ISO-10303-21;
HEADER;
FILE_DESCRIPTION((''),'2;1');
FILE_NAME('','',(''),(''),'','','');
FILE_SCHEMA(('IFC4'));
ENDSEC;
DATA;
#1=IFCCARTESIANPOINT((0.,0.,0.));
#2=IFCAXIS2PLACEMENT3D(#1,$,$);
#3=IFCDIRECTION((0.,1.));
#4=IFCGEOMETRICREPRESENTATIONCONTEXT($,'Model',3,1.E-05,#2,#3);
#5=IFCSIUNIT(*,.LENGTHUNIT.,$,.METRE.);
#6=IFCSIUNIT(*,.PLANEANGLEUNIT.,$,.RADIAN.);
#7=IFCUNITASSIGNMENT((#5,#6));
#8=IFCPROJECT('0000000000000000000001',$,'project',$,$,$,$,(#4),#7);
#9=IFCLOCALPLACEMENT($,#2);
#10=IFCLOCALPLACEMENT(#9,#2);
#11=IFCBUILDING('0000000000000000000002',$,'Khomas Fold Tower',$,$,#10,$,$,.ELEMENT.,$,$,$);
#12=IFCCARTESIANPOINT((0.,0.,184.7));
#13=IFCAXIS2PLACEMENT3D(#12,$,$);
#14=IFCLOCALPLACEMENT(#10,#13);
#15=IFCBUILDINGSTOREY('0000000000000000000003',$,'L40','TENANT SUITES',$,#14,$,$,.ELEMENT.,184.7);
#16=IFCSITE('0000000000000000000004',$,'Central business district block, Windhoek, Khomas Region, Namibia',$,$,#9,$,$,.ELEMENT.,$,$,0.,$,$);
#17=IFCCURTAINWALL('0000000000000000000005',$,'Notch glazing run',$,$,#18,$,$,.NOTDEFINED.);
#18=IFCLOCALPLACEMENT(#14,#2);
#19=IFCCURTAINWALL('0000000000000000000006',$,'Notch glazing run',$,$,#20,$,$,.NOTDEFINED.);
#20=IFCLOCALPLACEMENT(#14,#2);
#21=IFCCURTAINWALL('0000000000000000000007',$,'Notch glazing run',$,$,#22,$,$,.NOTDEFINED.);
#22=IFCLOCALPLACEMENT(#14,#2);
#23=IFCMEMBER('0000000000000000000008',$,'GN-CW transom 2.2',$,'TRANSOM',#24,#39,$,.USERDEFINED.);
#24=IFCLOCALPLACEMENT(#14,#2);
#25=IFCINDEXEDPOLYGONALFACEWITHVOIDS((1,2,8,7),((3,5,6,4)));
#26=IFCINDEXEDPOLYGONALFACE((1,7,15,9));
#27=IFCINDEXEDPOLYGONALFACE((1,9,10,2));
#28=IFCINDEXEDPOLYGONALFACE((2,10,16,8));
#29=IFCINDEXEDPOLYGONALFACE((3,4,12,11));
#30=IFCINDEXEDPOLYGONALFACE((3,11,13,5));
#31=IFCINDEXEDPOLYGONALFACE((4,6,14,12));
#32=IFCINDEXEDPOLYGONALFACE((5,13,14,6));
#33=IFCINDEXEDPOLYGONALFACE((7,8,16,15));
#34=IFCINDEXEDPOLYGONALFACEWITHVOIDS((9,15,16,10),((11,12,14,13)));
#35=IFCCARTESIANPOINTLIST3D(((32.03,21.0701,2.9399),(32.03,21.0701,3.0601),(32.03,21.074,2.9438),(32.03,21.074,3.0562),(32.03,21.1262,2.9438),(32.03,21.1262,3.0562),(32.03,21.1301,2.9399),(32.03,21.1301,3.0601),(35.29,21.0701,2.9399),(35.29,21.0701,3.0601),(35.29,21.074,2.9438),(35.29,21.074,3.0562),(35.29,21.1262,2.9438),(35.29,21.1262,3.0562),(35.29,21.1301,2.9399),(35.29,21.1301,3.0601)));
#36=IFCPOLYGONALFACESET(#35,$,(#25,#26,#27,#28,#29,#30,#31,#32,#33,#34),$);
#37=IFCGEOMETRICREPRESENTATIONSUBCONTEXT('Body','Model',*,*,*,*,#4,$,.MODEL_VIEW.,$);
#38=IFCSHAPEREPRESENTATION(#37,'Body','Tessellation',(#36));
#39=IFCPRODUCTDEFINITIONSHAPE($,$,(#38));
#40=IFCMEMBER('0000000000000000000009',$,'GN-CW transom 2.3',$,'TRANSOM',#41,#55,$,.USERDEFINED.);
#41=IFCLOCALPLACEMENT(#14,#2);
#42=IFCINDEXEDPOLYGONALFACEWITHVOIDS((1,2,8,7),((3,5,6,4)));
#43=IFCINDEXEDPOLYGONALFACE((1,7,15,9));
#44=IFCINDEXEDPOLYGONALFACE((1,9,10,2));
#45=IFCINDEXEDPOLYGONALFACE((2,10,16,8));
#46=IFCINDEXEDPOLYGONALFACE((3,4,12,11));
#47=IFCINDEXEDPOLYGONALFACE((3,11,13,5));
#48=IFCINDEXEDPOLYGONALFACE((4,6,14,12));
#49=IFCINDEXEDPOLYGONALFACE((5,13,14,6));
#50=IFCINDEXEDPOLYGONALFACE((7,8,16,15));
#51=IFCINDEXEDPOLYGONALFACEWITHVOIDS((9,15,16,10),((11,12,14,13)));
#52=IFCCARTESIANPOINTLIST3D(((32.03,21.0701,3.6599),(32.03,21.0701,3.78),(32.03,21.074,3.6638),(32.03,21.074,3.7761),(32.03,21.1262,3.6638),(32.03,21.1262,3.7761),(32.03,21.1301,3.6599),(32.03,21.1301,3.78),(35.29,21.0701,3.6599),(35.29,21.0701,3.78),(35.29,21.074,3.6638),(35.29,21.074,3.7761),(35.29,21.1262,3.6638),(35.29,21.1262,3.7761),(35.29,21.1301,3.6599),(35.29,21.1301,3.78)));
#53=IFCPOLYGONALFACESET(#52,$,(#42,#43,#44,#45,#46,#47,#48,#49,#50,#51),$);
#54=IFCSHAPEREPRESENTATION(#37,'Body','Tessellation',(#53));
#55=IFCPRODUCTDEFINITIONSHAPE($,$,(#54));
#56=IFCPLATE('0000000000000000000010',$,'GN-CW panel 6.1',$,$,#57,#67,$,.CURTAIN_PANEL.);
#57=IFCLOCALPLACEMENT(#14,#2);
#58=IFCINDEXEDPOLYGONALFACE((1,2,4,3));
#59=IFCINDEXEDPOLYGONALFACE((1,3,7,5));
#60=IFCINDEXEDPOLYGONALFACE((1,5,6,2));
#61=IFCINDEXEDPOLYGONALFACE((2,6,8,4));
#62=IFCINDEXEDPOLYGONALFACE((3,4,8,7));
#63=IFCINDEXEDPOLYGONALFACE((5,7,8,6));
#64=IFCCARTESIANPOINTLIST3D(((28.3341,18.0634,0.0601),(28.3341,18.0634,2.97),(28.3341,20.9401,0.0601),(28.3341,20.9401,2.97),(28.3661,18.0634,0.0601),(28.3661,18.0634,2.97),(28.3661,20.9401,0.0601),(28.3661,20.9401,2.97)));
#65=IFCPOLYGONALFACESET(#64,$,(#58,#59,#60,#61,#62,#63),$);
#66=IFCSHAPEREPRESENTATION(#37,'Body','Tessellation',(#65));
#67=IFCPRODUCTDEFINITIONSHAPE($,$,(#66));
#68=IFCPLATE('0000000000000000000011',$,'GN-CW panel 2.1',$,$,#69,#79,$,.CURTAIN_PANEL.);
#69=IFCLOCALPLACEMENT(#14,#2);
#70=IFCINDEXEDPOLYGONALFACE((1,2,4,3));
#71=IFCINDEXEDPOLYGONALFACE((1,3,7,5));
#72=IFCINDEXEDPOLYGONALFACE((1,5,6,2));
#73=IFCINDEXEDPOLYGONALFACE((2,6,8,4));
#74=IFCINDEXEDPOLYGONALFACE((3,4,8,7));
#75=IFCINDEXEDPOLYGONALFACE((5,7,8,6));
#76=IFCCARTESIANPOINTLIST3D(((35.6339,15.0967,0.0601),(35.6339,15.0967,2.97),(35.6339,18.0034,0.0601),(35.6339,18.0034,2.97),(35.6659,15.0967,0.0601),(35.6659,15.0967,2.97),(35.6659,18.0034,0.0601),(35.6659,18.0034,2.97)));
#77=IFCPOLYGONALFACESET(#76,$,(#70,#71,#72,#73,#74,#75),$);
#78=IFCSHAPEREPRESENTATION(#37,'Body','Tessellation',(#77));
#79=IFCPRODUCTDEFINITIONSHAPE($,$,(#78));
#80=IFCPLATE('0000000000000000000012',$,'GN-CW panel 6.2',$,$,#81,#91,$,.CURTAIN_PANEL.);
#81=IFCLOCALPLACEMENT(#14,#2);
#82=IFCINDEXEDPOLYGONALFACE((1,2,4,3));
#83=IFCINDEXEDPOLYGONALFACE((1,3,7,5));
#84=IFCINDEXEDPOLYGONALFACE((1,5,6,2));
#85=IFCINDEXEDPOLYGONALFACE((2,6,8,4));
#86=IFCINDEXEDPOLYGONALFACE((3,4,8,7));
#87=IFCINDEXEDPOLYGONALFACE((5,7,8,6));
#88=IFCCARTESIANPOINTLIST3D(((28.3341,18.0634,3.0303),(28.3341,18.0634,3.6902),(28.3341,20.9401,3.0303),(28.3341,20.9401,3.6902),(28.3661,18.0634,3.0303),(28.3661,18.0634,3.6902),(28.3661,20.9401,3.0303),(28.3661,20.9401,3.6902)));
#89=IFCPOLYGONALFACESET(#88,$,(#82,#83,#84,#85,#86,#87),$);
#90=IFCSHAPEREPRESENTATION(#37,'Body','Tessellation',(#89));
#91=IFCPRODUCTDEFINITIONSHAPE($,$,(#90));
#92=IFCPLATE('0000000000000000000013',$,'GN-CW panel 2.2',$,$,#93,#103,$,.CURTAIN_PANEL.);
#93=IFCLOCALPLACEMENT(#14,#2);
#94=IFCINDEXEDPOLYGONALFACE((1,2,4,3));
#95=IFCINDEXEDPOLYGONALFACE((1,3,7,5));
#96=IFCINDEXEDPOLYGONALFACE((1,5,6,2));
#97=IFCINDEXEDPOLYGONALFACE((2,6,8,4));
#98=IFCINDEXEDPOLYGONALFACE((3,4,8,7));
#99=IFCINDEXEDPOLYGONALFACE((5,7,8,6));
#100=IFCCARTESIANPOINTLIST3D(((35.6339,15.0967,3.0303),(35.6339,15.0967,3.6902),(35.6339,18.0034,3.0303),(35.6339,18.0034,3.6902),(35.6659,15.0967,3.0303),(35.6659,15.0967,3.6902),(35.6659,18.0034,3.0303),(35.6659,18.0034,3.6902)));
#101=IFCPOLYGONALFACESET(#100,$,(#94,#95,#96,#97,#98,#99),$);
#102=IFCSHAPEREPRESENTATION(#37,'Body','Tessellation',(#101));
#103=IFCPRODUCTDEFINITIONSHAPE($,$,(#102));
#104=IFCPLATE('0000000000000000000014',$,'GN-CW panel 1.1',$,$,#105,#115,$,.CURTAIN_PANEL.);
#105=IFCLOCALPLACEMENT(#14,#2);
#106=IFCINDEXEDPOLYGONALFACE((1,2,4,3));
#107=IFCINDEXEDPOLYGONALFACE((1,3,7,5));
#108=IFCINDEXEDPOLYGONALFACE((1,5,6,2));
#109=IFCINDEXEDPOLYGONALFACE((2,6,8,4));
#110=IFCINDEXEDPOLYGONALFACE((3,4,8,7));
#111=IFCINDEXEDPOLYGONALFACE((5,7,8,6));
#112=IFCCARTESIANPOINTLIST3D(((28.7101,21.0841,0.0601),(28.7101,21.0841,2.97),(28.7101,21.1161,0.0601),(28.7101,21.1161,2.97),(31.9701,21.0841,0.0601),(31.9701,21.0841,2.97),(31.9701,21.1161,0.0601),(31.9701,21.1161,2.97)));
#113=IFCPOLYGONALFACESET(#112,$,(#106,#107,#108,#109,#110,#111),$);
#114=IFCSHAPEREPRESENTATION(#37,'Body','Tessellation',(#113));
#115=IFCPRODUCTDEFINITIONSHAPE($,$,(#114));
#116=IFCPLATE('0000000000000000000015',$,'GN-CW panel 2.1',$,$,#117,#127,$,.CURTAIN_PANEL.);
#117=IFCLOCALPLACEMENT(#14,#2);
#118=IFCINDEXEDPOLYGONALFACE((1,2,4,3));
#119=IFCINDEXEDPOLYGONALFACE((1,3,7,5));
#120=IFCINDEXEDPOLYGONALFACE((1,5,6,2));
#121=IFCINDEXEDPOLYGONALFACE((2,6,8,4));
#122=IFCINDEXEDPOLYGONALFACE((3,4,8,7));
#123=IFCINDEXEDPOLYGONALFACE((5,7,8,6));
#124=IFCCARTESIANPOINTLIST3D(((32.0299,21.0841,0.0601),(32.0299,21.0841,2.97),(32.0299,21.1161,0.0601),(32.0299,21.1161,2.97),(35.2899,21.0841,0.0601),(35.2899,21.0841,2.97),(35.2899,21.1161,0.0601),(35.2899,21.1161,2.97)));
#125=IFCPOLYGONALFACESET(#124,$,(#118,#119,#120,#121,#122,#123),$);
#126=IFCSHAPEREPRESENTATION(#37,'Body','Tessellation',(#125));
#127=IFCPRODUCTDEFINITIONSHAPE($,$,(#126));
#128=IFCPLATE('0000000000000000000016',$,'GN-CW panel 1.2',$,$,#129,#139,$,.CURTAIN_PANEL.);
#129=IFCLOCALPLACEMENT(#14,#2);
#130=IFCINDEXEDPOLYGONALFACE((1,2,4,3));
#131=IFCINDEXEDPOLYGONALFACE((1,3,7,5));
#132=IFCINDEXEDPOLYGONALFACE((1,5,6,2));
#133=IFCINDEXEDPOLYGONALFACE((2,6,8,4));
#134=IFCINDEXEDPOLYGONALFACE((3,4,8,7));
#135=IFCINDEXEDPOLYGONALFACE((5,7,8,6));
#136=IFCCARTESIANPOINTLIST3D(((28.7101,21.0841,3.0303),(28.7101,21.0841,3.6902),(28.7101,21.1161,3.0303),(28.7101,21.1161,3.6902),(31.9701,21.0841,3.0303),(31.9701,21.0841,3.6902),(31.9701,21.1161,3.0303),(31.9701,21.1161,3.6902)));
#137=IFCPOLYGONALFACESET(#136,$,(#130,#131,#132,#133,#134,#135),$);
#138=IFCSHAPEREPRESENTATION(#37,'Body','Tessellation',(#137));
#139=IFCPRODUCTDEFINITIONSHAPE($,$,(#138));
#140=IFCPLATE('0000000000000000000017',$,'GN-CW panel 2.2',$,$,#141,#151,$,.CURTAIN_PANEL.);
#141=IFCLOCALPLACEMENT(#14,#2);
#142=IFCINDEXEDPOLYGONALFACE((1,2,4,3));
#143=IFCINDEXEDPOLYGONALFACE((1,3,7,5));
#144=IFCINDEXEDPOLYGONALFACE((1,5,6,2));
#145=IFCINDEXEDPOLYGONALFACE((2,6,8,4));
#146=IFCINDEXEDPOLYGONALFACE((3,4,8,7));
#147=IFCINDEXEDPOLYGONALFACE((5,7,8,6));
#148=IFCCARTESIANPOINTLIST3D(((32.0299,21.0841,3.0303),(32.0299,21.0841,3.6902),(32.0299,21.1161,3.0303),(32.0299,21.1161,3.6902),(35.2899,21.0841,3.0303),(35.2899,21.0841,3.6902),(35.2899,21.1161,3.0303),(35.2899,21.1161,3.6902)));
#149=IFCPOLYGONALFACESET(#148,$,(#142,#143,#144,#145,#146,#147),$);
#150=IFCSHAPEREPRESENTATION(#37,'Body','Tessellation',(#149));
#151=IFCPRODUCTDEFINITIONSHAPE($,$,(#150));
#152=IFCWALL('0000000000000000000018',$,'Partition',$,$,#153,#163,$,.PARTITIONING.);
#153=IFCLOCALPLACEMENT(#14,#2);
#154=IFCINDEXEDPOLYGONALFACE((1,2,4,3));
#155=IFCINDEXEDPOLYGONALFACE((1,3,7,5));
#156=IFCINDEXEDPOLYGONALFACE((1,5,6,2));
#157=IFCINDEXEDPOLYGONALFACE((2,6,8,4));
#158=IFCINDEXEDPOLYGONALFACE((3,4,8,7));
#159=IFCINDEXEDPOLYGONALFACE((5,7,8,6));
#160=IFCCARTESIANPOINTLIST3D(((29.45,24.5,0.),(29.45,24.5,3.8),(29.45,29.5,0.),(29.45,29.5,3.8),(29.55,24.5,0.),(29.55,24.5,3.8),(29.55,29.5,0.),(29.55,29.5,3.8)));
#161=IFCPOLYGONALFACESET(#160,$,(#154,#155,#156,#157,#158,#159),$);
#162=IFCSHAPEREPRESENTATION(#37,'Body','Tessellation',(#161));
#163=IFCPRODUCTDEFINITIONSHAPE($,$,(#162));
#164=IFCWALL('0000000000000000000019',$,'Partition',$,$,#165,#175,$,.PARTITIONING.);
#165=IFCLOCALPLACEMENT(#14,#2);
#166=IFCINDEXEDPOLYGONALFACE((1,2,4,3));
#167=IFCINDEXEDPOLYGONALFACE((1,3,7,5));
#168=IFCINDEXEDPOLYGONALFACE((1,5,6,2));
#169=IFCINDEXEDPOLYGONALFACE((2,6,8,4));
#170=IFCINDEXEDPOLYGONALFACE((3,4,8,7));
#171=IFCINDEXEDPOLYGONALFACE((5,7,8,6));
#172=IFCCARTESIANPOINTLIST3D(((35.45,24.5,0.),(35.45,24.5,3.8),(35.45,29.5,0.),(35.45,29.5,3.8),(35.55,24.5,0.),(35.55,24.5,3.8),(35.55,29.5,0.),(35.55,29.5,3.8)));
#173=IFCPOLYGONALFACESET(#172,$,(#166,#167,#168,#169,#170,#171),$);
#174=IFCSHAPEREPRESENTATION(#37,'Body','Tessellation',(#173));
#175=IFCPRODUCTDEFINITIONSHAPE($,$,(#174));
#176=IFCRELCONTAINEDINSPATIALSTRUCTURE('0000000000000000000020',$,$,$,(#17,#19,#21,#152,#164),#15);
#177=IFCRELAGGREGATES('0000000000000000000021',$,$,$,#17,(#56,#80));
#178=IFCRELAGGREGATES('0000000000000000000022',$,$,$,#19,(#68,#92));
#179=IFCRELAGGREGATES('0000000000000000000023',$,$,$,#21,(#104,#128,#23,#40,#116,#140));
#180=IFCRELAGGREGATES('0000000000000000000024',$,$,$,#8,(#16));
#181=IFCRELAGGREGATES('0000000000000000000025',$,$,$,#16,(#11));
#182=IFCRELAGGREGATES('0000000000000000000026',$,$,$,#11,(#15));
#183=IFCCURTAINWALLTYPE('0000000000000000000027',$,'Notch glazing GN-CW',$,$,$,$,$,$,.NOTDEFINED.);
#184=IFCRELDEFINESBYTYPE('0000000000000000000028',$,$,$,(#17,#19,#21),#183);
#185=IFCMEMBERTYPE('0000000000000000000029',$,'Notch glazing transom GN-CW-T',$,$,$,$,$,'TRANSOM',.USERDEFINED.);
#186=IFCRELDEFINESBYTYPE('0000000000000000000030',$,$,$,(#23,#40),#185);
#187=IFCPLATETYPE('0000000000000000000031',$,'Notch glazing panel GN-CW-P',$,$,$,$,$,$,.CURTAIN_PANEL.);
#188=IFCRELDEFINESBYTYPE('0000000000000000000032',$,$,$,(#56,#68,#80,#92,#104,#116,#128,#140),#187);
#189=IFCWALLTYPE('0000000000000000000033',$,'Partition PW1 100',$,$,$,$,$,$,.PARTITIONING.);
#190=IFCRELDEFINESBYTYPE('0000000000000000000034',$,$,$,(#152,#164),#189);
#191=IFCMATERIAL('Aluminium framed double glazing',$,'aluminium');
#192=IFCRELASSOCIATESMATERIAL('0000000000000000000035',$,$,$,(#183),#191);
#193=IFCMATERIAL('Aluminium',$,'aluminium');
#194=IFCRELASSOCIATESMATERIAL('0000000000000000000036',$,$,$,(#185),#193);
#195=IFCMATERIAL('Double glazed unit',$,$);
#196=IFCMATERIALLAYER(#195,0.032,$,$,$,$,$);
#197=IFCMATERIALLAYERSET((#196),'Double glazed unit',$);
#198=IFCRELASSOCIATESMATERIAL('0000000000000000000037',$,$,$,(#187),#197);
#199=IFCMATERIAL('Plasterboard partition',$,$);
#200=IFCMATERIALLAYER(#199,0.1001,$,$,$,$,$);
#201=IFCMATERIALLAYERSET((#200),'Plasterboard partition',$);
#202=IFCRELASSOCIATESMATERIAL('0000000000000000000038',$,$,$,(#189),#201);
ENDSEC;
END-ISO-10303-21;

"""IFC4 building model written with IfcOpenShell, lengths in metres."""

from ifc_helpers import new_model, si_unit, direction, frame, frame_2d, origin, origin_2d, place, context, subcontext, project, spatial, rectangle, hollow_rectangle, extrude, source, transform, mapped, material, layer, layer_set, material_profile, profile_set, type_object, element, aggregate, save


model = new_model("IFC4")

# Units and contexts
model_context = context("Model", 3, precision=1e-05, world=origin(), true_north=direction((0.0, 1.0)))
body_context = subcontext(model_context, "Body", "Model", "MODEL_VIEW")
ifc_project = project(units=[si_unit("LENGTHUNIT", "METRE"), si_unit("PLANEANGLEUNIT", "RADIAN")], contexts=[model_context])

# Site, building, storey
site_placement = place(None, origin())
site = spatial("IfcSite", under=ifc_project, at=site_placement, Name="Central business district block, Windhoek, Khomas Region, Namibia", CompositionType="ELEMENT", RefElevation=0.0)
building_placement = place(site_placement, origin())
building = spatial("IfcBuilding", under=site, at=building_placement, Name="Khomas Fold Tower", CompositionType="ELEMENT")
storey_placement = place(building_placement, frame((0.0, 0.0, 184.7)))
storey = spatial("IfcBuildingStorey", under=building, at=storey_placement, Name="L40", Description="TENANT SUITES", CompositionType="ELEMENT", Elevation=184.7)

# Curtain walls
ifc_material_1 = material(Name="Aluminium framed double glazing", Category="aluminium")
curtain_wall_type = type_object("IfcCurtainWallType", Name="Notch glazing GN-CW", PredefinedType="NOTDEFINED", material=ifc_material_1)
curtain_wall_1_placement = place(storey_placement, origin())
curtain_wall_1 = element("IfcCurtainWall", 1, at=curtain_wall_1_placement, inside=storey, type_object=curtain_wall_type, Name="Notch glazing run", PredefinedType="NOTDEFINED")
ifc_material_2 = material(Name="Aluminium", Category="aluminium")
ifc_material_profile_1 = material_profile(ifc_material_2, hollow_rectangle(XDim=0.0601, YDim=0.1201, WallThickness=0.0039, at=origin_2d()), Name="Notch glazing transom GN-CW-T")
ifc_profile_set_1 = profile_set([ifc_material_profile_1], Name="Aluminium")
member_type_1 = type_object("IfcMemberType", Name="Notch glazing transom GN-CW-T", ElementType="TRANSOM", PredefinedType="USERDEFINED", material=ifc_profile_set_1)
curtain_wall_2_placement = place(storey_placement, origin())
curtain_wall_2 = element("IfcCurtainWall", 2, at=curtain_wall_2_placement, inside=storey, type_object=curtain_wall_type, Name="Notch glazing run", PredefinedType="NOTDEFINED")
curtain_wall_3_placement = place(storey_placement, origin())
curtain_wall_3 = element("IfcCurtainWall", 3, at=curtain_wall_3_placement, inside=storey, type_object=curtain_wall_type, Name="Notch glazing run", PredefinedType="NOTDEFINED")

# Members
shared_shape_1 = source(origin(), body_context, "Body", "SweptSolid", [
    extrude(hollow_rectangle(XDim=0.0601, YDim=0.1201, WallThickness=0.0039, at=origin_2d()), origin(), (0.0, 0.0, 1.0), 3.26),
])
member_1_placement = place(storey_placement, frame((32.03, 21.1001, 3.0), z_axis=(1.0, 0.0, 0.0), x_axis=(0.0, 1.0, 0.0)))
member_1 = element("IfcMember", 4, at=member_1_placement, type_object=member_type_1, Name="GN-CW transom 2.2", ObjectType="TRANSOM", PredefinedType="USERDEFINED", context=body_context, shape_type="MappedRepresentation", body=[
    mapped(shared_shape_1, transform((0.0, 0.0, 0.0))),
])
member_2_placement = place(storey_placement, frame((32.03, 21.1001, 3.72), z_axis=(1.0, 0.0, 0.0), x_axis=(0.0, 1.0, 0.0)))
member_2 = element("IfcMember", 5, at=member_2_placement, type_object=member_type_1, Name="GN-CW transom 2.3", ObjectType="TRANSOM", PredefinedType="USERDEFINED", context=body_context, shape_type="MappedRepresentation", body=[
    mapped(shared_shape_1, transform((0.0, 0.0, 0.0))),
])

# Plates
ifc_material_3 = material(Name="Double glazed unit")
ifc_layer_1 = layer(ifc_material_3, 0.032)
ifc_layer_set_1 = layer_set([ifc_layer_1], Name="Double glazed unit")
plate_type = type_object("IfcPlateType", Name="Notch glazing panel GN-CW-P", PredefinedType="CURTAIN_PANEL", material=ifc_layer_set_1)
shared_shape_2 = source(origin(), body_context, "Body", "SweptSolid", [
    extrude(rectangle(XDim=2.8767, YDim=0.032, at=origin_2d()), origin(), (0.0, 0.0, 1.0), 2.9099),
])
plate_1_placement = place(storey_placement, frame((28.3501, 19.5017, 0.0601), z_axis=(0.0, 0.0, 1.0), x_axis=(0.0, 1.0, 0.0)))
plate_1 = element("IfcPlate", 6, at=plate_1_placement, type_object=plate_type, Name="GN-CW panel 6.1", PredefinedType="CURTAIN_PANEL", context=body_context, shape_type="MappedRepresentation", body=[
    mapped(shared_shape_2, transform((0.0, 0.0, 0.0))),
])
shared_shape_3 = source(origin(), body_context, "Body", "SweptSolid", [
    extrude(rectangle(XDim=2.9067, YDim=0.032, at=origin_2d()), origin(), (0.0, 0.0, 1.0), 2.9099),
])
plate_2_placement = place(storey_placement, frame((35.6499, 16.55, 0.0601), z_axis=(0.0, 0.0, 1.0), x_axis=(0.0, -1.0, 0.0)))
plate_2 = element("IfcPlate", 7, at=plate_2_placement, type_object=plate_type, Name="GN-CW panel 2.1", PredefinedType="CURTAIN_PANEL", context=body_context, shape_type="MappedRepresentation", body=[
    mapped(shared_shape_3, transform((0.0, 0.0, 0.0))),
])
shared_shape_4 = source(origin(), body_context, "Body", "SweptSolid", [
    extrude(rectangle(XDim=2.8767, YDim=0.032, at=origin_2d()), origin(), (0.0, 0.0, 1.0), 0.6599),
])
plate_3_placement = place(storey_placement, frame((28.3501, 19.5017, 3.0303), z_axis=(0.0, 0.0, 1.0), x_axis=(0.0, 1.0, 0.0)))
plate_3 = element("IfcPlate", 8, at=plate_3_placement, type_object=plate_type, Name="GN-CW panel 6.2", PredefinedType="CURTAIN_PANEL", context=body_context, shape_type="MappedRepresentation", body=[
    mapped(shared_shape_4, transform((0.0, 0.0, 0.0))),
])
aggregate(curtain_wall_1, [plate_1, plate_3])
shared_shape_5 = source(origin(), body_context, "Body", "SweptSolid", [
    extrude(rectangle(XDim=2.9067, YDim=0.032, at=origin_2d()), origin(), (0.0, 0.0, 1.0), 0.6599),
])
plate_4_placement = place(storey_placement, frame((35.6499, 16.55, 3.0303), z_axis=(0.0, 0.0, 1.0), x_axis=(0.0, -1.0, 0.0)))
plate_4 = element("IfcPlate", 9, at=plate_4_placement, type_object=plate_type, Name="GN-CW panel 2.2", PredefinedType="CURTAIN_PANEL", context=body_context, shape_type="MappedRepresentation", body=[
    mapped(shared_shape_5, transform((0.0, 0.0, 0.0))),
])
aggregate(curtain_wall_2, [plate_2, plate_4])
shared_shape_6 = source(origin(), body_context, "Body", "SweptSolid", [
    extrude(rectangle(XDim=3.26, YDim=0.032, at=origin_2d()), origin(), (0.0, 0.0, 1.0), 2.9099),
])
plate_5_placement = place(storey_placement, frame((30.3401, 21.1001, 0.0601), z_axis=(0.0, 0.0, 1.0), x_axis=(1.0, 0.0, 0.0)))
plate_5 = element("IfcPlate", 10, at=plate_5_placement, type_object=plate_type, Name="GN-CW panel 1.1", PredefinedType="CURTAIN_PANEL", context=body_context, shape_type="MappedRepresentation", body=[
    mapped(shared_shape_6, transform((0.0, 0.0, 0.0))),
])
plate_6_placement = place(storey_placement, frame((33.6599, 21.1001, 0.0601), z_axis=(0.0, 0.0, 1.0), x_axis=(1.0, 0.0, 0.0)))
plate_6 = element("IfcPlate", 11, at=plate_6_placement, type_object=plate_type, Name="GN-CW panel 2.1", PredefinedType="CURTAIN_PANEL", context=body_context, shape_type="MappedRepresentation", body=[
    mapped(shared_shape_6, transform((0.0, 0.0, 0.0))),
])
shared_shape_7 = source(origin(), body_context, "Body", "SweptSolid", [
    extrude(rectangle(XDim=3.26, YDim=0.032, at=origin_2d()), origin(), (0.0, 0.0, 1.0), 0.6599),
])
plate_7_placement = place(storey_placement, frame((30.3401, 21.1001, 3.0303), z_axis=(0.0, 0.0, 1.0), x_axis=(1.0, 0.0, 0.0)))
plate_7 = element("IfcPlate", 12, at=plate_7_placement, type_object=plate_type, Name="GN-CW panel 1.2", PredefinedType="CURTAIN_PANEL", context=body_context, shape_type="MappedRepresentation", body=[
    mapped(shared_shape_7, transform((0.0, 0.0, 0.0))),
])
plate_8_placement = place(storey_placement, frame((33.6599, 21.1001, 3.0303), z_axis=(0.0, 0.0, 1.0), x_axis=(1.0, 0.0, 0.0)))
plate_8 = element("IfcPlate", 13, at=plate_8_placement, type_object=plate_type, Name="GN-CW panel 2.2", PredefinedType="CURTAIN_PANEL", context=body_context, shape_type="MappedRepresentation", body=[
    mapped(shared_shape_7, transform((0.0, 0.0, 0.0))),
])
aggregate(curtain_wall_3, [plate_5, plate_7, member_1, member_2, plate_6, plate_8])

# Walls
ifc_material_4 = material(Name="Plasterboard partition")
ifc_layer_2 = layer(ifc_material_4, 0.1001)
ifc_layer_set_2 = layer_set([ifc_layer_2], Name="Plasterboard partition")
wall_type = type_object("IfcWallType", Name="Partition PW1 100", PredefinedType="PARTITIONING", material=ifc_layer_set_2)
shared_shape_8 = source(origin(), body_context, "Body", "SweptSolid", [
    extrude(rectangle(XDim=5.0, YDim=0.1001, at=frame_2d((2.5, 0.0))), origin(), (0.0, 0.0, 1.0), 3.8),
])
for number, where, z_axis, x_axis, name in (
    (14, (29.5, 24.5, 0.0), (0.0, 0.0, 1.0), (0.0, 1.0, 0.0), "Partition"),
    (15, (35.5, 24.5, 0.0), (0.0, 0.0, 1.0), (0.0, 1.0, 0.0), "Partition"),
):
    element("IfcWall", number, at=place(storey_placement, frame(where, z_axis=z_axis, x_axis=x_axis)), inside=storey, type_object=wall_type, Name=name, PredefinedType="PARTITIONING", context=body_context, shape_type="MappedRepresentation", body=[
        mapped(shared_shape_8, transform((0.0, 0.0, 0.0))),
    ])

save(model, "model.ifc")
